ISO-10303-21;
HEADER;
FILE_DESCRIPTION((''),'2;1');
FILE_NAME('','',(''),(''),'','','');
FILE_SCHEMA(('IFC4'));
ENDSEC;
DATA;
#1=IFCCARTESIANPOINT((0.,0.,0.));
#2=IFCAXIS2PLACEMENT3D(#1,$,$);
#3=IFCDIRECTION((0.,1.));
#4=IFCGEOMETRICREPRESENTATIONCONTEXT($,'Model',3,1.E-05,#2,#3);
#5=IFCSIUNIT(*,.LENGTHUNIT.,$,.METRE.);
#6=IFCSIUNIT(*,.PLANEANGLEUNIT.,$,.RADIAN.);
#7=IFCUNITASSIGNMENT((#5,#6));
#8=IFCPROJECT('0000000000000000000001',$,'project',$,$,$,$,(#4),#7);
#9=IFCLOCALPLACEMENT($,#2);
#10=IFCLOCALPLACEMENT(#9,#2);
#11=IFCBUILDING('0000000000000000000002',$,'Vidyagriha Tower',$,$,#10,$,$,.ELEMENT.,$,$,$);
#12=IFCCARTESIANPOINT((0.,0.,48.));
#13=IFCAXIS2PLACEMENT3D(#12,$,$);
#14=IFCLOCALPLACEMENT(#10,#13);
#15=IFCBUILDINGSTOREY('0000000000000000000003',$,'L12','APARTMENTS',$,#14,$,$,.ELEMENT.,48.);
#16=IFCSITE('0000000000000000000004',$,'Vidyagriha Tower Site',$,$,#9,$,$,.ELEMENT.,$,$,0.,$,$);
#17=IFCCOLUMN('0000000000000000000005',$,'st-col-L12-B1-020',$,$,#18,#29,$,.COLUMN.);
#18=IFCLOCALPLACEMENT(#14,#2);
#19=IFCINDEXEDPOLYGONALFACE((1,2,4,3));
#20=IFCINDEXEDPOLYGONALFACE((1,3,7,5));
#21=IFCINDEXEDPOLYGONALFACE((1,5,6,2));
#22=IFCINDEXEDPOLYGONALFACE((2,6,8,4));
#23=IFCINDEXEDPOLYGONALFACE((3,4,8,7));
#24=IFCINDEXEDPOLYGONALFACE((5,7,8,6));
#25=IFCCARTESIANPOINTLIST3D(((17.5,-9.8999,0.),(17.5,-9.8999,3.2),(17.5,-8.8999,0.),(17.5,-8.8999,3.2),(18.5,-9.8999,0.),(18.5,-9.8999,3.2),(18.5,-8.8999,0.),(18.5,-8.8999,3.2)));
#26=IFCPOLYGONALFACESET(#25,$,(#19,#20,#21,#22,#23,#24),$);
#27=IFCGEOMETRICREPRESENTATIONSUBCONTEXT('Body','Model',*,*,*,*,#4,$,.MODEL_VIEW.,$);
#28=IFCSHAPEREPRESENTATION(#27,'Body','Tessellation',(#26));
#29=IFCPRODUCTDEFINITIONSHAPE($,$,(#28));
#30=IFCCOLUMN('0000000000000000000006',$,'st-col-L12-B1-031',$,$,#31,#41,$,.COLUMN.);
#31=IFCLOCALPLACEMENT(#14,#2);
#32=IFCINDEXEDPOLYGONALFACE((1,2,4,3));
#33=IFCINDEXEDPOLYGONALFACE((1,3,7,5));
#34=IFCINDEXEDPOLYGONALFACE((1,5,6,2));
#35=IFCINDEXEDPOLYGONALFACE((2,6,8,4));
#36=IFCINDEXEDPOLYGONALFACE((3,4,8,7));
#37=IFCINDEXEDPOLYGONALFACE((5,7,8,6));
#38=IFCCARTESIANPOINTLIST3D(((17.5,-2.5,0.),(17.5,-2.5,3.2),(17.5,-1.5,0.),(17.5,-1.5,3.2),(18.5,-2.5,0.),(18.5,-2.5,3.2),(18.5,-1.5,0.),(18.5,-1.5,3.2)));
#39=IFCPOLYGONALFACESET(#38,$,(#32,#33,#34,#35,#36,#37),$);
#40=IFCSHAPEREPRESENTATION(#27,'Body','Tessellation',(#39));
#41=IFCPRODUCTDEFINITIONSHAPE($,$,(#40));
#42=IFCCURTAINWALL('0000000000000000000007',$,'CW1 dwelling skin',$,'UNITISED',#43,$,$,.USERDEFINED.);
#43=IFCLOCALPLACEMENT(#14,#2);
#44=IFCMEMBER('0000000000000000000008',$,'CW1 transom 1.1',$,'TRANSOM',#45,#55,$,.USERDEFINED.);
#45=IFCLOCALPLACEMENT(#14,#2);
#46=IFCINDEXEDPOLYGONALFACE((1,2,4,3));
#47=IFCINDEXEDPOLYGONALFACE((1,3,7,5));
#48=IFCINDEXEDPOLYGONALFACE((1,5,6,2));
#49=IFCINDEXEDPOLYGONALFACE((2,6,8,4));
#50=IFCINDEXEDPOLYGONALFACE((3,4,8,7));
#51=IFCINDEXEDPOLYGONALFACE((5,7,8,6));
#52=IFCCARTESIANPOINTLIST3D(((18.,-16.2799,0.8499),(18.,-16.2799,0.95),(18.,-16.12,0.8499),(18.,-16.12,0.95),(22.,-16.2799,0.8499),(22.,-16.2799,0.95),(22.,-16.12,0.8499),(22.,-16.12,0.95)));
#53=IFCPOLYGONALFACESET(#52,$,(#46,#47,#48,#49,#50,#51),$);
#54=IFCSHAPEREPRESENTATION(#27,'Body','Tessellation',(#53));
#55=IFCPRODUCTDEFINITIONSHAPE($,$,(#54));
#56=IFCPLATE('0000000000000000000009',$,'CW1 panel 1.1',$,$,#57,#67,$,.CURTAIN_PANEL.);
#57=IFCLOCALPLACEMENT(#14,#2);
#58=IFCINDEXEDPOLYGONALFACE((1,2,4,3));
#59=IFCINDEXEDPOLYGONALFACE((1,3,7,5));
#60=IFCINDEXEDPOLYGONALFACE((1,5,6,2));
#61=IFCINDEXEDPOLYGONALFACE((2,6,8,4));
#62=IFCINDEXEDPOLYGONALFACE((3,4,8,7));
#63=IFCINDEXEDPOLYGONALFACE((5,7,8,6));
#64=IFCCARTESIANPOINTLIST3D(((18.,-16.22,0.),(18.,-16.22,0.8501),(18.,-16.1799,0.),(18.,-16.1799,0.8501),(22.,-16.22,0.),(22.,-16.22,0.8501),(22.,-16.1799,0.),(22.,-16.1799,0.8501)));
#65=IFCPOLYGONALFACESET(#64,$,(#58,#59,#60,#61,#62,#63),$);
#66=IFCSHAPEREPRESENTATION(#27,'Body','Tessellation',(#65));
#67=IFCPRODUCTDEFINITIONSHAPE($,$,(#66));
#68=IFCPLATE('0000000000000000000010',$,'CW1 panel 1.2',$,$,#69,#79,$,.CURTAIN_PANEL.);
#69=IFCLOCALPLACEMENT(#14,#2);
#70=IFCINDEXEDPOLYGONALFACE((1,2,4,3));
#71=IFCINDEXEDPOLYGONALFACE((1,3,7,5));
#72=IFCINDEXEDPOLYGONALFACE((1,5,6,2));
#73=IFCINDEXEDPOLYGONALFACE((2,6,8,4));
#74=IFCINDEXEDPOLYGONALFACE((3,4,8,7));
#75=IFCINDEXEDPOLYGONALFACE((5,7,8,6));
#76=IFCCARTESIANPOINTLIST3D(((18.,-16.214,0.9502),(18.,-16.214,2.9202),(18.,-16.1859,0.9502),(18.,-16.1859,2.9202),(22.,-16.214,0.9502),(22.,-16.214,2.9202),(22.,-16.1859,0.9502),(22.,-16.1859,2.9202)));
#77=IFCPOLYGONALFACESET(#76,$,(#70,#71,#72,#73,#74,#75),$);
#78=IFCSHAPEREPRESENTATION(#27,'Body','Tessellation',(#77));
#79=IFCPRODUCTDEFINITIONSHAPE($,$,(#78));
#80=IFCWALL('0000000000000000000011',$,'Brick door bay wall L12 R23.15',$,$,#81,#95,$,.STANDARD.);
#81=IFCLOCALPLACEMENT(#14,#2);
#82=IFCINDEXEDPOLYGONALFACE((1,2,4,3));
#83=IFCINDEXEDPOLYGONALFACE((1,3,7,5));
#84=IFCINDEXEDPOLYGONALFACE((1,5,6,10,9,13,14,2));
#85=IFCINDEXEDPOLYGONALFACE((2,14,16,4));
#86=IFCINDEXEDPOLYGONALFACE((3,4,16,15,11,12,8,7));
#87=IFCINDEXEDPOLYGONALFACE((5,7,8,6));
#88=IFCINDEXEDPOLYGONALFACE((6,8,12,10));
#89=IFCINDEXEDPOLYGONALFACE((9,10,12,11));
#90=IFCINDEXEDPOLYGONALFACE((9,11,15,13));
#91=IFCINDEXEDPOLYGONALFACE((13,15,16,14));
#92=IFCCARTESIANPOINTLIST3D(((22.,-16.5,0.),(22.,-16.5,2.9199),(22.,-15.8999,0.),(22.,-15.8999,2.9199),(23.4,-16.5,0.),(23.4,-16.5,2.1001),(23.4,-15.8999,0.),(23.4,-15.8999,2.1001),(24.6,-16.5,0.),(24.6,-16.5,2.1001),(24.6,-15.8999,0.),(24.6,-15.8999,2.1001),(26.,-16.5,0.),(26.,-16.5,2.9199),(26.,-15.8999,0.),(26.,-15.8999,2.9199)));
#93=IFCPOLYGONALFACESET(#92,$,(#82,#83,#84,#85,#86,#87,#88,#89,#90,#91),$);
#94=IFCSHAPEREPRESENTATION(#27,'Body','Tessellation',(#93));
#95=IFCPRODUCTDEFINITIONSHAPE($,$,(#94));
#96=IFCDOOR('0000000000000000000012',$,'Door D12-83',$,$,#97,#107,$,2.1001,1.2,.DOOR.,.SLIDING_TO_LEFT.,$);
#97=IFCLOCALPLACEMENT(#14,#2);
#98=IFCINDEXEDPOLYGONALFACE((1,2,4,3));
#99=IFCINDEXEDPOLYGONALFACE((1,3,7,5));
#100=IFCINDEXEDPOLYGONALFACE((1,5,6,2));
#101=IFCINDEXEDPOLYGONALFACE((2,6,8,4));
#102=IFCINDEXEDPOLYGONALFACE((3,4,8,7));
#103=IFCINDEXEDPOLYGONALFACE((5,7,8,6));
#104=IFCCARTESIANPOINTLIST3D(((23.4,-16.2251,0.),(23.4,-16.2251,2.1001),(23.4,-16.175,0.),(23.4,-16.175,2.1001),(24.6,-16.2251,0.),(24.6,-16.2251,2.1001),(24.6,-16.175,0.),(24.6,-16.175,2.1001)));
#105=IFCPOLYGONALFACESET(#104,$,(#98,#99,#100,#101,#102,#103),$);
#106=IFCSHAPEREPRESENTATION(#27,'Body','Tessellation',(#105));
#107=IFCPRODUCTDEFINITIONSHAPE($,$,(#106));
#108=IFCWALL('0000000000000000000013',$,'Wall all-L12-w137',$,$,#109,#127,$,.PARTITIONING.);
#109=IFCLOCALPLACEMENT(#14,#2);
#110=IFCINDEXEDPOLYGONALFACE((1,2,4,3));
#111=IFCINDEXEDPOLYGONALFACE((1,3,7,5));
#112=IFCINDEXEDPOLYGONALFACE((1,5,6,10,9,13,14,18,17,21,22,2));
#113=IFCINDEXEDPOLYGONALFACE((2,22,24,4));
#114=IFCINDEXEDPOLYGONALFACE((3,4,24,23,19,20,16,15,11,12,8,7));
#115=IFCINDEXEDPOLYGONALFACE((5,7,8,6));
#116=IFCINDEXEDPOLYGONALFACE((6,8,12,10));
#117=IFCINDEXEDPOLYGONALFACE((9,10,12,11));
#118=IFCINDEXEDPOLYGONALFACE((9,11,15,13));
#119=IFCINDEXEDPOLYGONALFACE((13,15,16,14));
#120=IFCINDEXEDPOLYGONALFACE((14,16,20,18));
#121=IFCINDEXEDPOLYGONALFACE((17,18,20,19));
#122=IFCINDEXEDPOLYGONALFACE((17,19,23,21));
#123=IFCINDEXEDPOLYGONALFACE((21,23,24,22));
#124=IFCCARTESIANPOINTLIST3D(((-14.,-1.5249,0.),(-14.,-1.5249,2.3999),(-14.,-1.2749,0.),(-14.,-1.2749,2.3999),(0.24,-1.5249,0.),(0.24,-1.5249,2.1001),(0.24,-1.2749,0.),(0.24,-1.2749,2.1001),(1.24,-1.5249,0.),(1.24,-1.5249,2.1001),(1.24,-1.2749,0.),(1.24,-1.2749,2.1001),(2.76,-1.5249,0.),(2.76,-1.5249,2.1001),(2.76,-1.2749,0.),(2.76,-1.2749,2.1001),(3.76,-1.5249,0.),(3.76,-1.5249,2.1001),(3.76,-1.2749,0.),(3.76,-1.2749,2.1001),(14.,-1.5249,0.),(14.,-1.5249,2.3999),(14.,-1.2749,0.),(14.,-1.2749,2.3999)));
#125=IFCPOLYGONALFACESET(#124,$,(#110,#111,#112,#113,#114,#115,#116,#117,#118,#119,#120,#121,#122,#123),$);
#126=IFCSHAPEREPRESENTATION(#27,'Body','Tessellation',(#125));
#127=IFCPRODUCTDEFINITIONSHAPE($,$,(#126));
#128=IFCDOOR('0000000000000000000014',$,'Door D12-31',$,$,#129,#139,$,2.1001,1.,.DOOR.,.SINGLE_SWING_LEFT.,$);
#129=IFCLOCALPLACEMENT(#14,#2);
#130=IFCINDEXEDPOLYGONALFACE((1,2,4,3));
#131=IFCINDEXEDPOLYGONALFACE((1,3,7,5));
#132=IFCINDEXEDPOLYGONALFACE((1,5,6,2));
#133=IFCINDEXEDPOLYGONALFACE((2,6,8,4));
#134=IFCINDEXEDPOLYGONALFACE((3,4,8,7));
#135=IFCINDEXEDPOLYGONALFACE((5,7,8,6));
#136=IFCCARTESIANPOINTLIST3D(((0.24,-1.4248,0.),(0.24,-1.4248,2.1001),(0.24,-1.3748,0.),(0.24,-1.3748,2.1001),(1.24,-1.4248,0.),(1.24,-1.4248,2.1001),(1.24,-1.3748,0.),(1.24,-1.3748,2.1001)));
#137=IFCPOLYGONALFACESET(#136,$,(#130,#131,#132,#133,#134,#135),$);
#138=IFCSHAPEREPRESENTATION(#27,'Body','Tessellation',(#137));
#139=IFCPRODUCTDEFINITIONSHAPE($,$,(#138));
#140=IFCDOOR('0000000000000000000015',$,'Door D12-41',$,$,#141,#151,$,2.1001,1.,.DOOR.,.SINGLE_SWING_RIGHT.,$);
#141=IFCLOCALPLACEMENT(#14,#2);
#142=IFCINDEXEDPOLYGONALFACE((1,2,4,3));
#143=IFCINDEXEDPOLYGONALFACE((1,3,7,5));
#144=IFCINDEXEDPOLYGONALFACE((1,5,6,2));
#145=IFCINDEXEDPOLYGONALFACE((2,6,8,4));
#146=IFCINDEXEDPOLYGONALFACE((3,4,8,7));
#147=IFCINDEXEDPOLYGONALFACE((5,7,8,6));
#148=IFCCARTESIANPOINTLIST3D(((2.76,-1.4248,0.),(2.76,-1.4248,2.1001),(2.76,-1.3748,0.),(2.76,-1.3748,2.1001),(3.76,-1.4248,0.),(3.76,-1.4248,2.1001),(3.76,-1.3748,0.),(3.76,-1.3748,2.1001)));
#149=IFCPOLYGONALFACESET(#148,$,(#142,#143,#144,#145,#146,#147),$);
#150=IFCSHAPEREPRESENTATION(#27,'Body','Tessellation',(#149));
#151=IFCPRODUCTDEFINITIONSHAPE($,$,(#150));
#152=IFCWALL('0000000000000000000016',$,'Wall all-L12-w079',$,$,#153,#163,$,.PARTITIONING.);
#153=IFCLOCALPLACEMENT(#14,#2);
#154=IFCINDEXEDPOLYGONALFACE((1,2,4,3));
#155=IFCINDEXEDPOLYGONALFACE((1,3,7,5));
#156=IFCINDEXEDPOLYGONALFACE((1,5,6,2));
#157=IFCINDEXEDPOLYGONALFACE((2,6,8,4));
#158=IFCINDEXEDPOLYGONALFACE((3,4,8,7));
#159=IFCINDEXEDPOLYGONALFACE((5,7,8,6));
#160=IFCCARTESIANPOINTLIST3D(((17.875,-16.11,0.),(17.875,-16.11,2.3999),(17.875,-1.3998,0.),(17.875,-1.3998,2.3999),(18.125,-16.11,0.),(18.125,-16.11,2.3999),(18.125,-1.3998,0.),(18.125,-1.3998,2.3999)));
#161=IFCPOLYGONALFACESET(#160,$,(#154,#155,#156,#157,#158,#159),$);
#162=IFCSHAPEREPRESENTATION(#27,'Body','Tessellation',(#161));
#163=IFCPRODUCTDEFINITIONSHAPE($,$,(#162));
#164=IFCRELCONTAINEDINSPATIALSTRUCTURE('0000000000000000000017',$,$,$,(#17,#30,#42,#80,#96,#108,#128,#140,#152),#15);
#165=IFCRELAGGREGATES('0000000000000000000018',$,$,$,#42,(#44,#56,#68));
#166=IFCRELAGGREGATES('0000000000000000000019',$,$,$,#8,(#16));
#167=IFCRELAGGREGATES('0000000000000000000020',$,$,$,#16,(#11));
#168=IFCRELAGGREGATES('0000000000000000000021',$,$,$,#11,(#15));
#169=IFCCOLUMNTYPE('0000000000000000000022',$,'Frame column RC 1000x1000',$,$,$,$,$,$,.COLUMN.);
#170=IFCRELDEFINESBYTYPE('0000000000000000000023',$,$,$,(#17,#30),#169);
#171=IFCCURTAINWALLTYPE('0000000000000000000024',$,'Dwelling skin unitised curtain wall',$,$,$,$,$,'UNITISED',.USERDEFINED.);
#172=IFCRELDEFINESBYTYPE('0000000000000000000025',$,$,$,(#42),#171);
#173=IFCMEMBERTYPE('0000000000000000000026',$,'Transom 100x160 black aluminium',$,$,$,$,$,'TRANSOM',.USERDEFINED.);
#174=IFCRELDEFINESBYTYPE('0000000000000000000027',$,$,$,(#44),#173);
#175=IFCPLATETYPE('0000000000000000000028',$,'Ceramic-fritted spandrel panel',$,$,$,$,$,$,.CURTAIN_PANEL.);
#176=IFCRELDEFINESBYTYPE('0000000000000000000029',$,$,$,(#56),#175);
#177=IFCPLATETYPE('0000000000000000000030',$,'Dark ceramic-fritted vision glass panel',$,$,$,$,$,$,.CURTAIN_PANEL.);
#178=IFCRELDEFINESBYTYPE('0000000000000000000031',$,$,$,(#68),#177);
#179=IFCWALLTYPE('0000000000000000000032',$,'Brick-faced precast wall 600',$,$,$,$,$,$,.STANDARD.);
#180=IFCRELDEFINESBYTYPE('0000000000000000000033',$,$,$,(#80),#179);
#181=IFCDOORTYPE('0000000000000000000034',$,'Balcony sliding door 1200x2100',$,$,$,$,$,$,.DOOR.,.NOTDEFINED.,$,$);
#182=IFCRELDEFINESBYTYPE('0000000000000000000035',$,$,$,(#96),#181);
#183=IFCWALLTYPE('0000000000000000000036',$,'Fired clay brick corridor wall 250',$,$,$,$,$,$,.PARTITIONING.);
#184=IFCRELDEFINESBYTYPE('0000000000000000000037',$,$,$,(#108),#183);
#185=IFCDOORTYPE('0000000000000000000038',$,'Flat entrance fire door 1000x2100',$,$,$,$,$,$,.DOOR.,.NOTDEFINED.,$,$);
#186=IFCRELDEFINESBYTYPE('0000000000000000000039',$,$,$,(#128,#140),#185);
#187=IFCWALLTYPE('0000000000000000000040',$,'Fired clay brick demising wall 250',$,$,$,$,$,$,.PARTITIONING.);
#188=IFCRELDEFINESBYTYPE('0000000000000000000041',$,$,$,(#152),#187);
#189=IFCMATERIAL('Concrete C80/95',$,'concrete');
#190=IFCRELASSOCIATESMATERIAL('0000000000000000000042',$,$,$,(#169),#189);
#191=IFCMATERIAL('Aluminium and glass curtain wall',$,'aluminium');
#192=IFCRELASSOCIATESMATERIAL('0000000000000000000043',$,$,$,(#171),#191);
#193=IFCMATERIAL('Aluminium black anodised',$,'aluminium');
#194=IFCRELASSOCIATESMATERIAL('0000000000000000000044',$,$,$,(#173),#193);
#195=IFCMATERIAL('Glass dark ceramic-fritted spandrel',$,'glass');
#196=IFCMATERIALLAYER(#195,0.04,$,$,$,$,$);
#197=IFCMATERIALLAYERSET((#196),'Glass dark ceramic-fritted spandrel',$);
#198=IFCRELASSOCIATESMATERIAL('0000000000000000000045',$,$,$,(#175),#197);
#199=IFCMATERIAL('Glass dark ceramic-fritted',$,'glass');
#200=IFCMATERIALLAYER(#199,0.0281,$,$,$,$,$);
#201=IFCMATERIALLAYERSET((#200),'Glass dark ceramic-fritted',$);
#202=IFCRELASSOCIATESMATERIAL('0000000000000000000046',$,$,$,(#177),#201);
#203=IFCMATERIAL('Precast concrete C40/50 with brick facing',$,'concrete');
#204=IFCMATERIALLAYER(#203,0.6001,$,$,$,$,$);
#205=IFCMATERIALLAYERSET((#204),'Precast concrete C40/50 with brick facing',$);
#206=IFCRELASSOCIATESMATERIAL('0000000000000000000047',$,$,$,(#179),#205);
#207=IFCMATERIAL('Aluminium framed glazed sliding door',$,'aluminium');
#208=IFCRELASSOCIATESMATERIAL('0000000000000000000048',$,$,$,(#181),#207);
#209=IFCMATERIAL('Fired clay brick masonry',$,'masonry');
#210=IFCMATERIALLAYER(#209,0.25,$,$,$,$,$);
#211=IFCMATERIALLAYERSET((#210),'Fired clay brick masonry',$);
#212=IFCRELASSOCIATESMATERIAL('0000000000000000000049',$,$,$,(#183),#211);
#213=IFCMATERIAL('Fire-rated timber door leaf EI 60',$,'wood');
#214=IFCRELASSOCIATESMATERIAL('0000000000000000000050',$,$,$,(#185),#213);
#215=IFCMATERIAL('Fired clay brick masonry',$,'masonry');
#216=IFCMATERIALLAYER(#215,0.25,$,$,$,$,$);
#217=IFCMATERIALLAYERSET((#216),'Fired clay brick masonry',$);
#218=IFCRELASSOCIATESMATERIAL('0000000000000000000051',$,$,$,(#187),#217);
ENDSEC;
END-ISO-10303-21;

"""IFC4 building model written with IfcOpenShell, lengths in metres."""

from ifc_helpers import new_model, si_unit, direction, frame, frame_2d, origin, origin_2d, place, context, subcontext, project, spatial, rectangle, extrude, material, layer, layer_set, material_profile, profile_set, type_object, element, fill, aggregate, save


model = new_model("IFC4")

# Units and contexts
model_context = context("Model", 3, precision=1e-05, world=origin(), true_north=direction((0.0, 1.0)))
body_context = subcontext(model_context, "Body", "Model", "MODEL_VIEW")
ifc_project = project(units=[si_unit("LENGTHUNIT", "METRE"), si_unit("PLANEANGLEUNIT", "RADIAN")], contexts=[model_context])

# Site, building, storey
site_placement = place(None, origin())
site = spatial("IfcSite", under=ifc_project, at=site_placement, Name="Vidyagriha Tower Site", CompositionType="ELEMENT", RefElevation=0.0)
building_placement = place(site_placement, origin())
building = spatial("IfcBuilding", under=site, at=building_placement, Name="Vidyagriha Tower", CompositionType="ELEMENT")
storey_placement = place(building_placement, frame((0.0, 0.0, 48.0)))
storey = spatial("IfcBuildingStorey", under=building, at=storey_placement, Name="L12", Description="APARTMENTS", CompositionType="ELEMENT", Elevation=48.0)

# Columns
ifc_material_1 = material(Name="Concrete C80/95", Category="concrete")
ifc_material_profile_1 = material_profile(ifc_material_1, rectangle(XDim=1.0, YDim=1.0, at=origin_2d()), Name="RC 1000x1000")
ifc_profile_set_1 = profile_set([ifc_material_profile_1], Name="Concrete C80/95")
column_type = type_object("IfcColumnType", Name="Frame column RC 1000x1000", PredefinedType="COLUMN", material=ifc_profile_set_1)
for number, where, name in (
    (1, (18.0, -9.3999, 0.0), "st-col-L12-B1-020"),
    (2, (18.0, -2.0, 0.0), "st-col-L12-B1-031"),
):
    element("IfcColumn", number, at=place(storey_placement, frame(where)), inside=storey, type_object=column_type, Name=name, PredefinedType="COLUMN", context=body_context, shape_type="SweptSolid", body=[
        extrude(rectangle(XDim=1.0, YDim=1.0, at=origin_2d()), origin(), (0.0, 0.0, 1.0), 3.2),
    ])

# Curtain wall, member, plates
ifc_material_2 = material(Name="Aluminium and glass curtain wall", Category="aluminium")
curtain_wall_type = type_object("IfcCurtainWallType", Name="Dwelling skin unitised curtain wall", ElementType="UNITISED", PredefinedType="USERDEFINED", material=ifc_material_2)
curtain_wall_placement = place(storey_placement, origin())
curtain_wall = element("IfcCurtainWall", 3, at=curtain_wall_placement, inside=storey, type_object=curtain_wall_type, Name="CW1 dwelling skin", ObjectType="UNITISED", PredefinedType="USERDEFINED")
ifc_material_3 = material(Name="Aluminium black anodised", Category="aluminium")
ifc_material_profile_2 = material_profile(ifc_material_3, rectangle(XDim=0.1599, YDim=0.1001, at=origin_2d()), Name="Transom 100x160 black aluminium")
ifc_profile_set_2 = profile_set([ifc_material_profile_2], Name="Aluminium black anodised")
member_type = type_object("IfcMemberType", Name="Transom 100x160 black aluminium", ElementType="TRANSOM", PredefinedType="USERDEFINED", material=ifc_profile_set_2)
member_placement = place(storey_placement, frame((18.0, -16.2, 0.8999), z_axis=(1.0, 0.0, 0.0), x_axis=(0.0, 1.0, 0.0)))
member = element("IfcMember", 4, at=member_placement, type_object=member_type, Name="CW1 transom 1.1", ObjectType="TRANSOM", PredefinedType="USERDEFINED", context=body_context, shape_type="SweptSolid", body=[
    extrude(rectangle(XDim=0.1599, YDim=0.1001, at=origin_2d()), origin(), (0.0, 0.0, 1.0), 4.0),
])
ifc_material_4 = material(Name="Glass dark ceramic-fritted spandrel", Category="glass")
ifc_layer_1 = layer(ifc_material_4, 0.04)
ifc_layer_set_1 = layer_set([ifc_layer_1], Name="Glass dark ceramic-fritted spandrel")
plate_type_1 = type_object("IfcPlateType", Name="Ceramic-fritted spandrel panel", PredefinedType="CURTAIN_PANEL", material=ifc_layer_set_1)
plate_1_placement = place(storey_placement, frame((20.0, -16.2, 0.0)))
plate_1 = element("IfcPlate", 5, at=plate_1_placement, type_object=plate_type_1, Name="CW1 panel 1.1", PredefinedType="CURTAIN_PANEL", context=body_context, shape_type="SweptSolid", body=[
    extrude(rectangle(XDim=4.0, YDim=0.04, at=origin_2d()), origin(), (0.0, 0.0, 1.0), 0.8501),
])
ifc_material_5 = material(Name="Glass dark ceramic-fritted", Category="glass")
ifc_layer_2 = layer(ifc_material_5, 0.0281)
ifc_layer_set_2 = layer_set([ifc_layer_2], Name="Glass dark ceramic-fritted")
plate_type_2 = type_object("IfcPlateType", Name="Dark ceramic-fritted vision glass panel", PredefinedType="CURTAIN_PANEL", material=ifc_layer_set_2)
plate_2_placement = place(storey_placement, frame((20.0, -16.2, 0.9502)))
plate_2 = element("IfcPlate", 6, at=plate_2_placement, type_object=plate_type_2, Name="CW1 panel 1.2", PredefinedType="CURTAIN_PANEL", context=body_context, shape_type="SweptSolid", body=[
    extrude(rectangle(XDim=4.0, YDim=0.0281, at=origin_2d()), origin(), (0.0, 0.0, 1.0), 1.97),
])
aggregate(curtain_wall, [member, plate_1, plate_2])

# Wall, opening, door
ifc_material_6 = material(Name="Precast concrete C40/50 with brick facing", Category="concrete")
ifc_layer_3 = layer(ifc_material_6, 0.6001)
ifc_layer_set_3 = layer_set([ifc_layer_3], Name="Precast concrete C40/50 with brick facing")
wall_type_1 = type_object("IfcWallType", Name="Brick-faced precast wall 600", PredefinedType="STANDARD", material=ifc_layer_set_3)
wall_1_placement = place(storey_placement, frame((22.0, -16.2, 0.0)))
wall_1 = element("IfcWall", 7, at=wall_1_placement, inside=storey, type_object=wall_type_1, Name="Brick door bay wall L12 R23.15", PredefinedType="STANDARD", context=body_context, shape_type="SweptSolid", body=[
    extrude(rectangle(XDim=4.0, YDim=0.6001, at=frame_2d((2.0, 0.0))), origin(), (0.0, 0.0, 1.0), 2.9199),
])
opening_1_placement = place(wall_1_placement, frame((1.3999, 0.0, 0.0)))
opening_1 = element("IfcOpeningElement", 8, at=opening_1_placement, cuts=wall_1, PredefinedType="OPENING", context=body_context, shape_type="SweptSolid", body=[
    extrude(rectangle(XDim=1.2, YDim=2.1001, at=frame_2d((0.6001, 1.05))), frame((0.0, 0.3101, 0.0), z_axis=(0.0, -1.0, 0.0), x_axis=(1.0, 0.0, 0.0)), (0.0, 0.0, 1.0), 0.6201),
])
ifc_material_7 = material(Name="Aluminium framed glazed sliding door", Category="aluminium")
door_type_1 = type_object("IfcDoorType", Name="Balcony sliding door 1200x2100", OperationType="NOTDEFINED", PredefinedType="DOOR", material=ifc_material_7)
door_1_placement = place(opening_1_placement, origin())
door_1 = element("IfcDoor", 9, at=door_1_placement, inside=storey, type_object=door_type_1, Name="Door D12-83", OperationType="SLIDING_TO_LEFT", OverallHeight=2.1001, OverallWidth=1.2, PredefinedType="DOOR", context=body_context, shape_type="SweptSolid", body=[
    extrude(rectangle(XDim=1.2, YDim=2.1001, at=frame_2d((0.6001, 1.05))), frame((0.0, 0.0249, 0.0), z_axis=(0.0, -1.0, 0.0), x_axis=(1.0, 0.0, 0.0)), (0.0, 0.0, 1.0), 0.05),
])
fill(opening_1, door_1)

# Wall, openings, doors
ifc_material_8 = material(Name="Fired clay brick masonry", Category="masonry")
ifc_layer_4 = layer(ifc_material_8, 0.25)
ifc_layer_set_4 = layer_set([ifc_layer_4], Name="Fired clay brick masonry")
wall_type_2 = type_object("IfcWallType", Name="Fired clay brick corridor wall 250", PredefinedType="PARTITIONING", material=ifc_layer_set_4)
wall_2_placement = place(storey_placement, frame((14.0, -1.3999, 0.0), z_axis=(0.0, 0.0, 1.0), x_axis=(-1.0, 0.0, 0.0)))
wall_2 = element("IfcWall", 10, at=wall_2_placement, inside=storey, type_object=wall_type_2, Name="Wall all-L12-w137", PredefinedType="PARTITIONING", context=body_context, shape_type="SweptSolid", body=[
    extrude(rectangle(XDim=28.0, YDim=0.25, at=frame_2d((14.0, 0.0))), origin(), (0.0, 0.0, 1.0), 2.3999),
])
opening_2_placement = place(wall_2_placement, frame((12.76, 0.0, 0.0)))
opening_2 = element("IfcOpeningElement", 11, at=opening_2_placement, cuts=wall_2, PredefinedType="OPENING", context=body_context, shape_type="SweptSolid", body=[
    extrude(rectangle(XDim=1.0, YDim=2.1001, at=frame_2d((0.5, 1.05))), frame((0.0, 0.135, 0.0), z_axis=(0.0, -1.0, 0.0), x_axis=(1.0, 0.0, 0.0)), (0.0, 0.0, 1.0), 0.27),
])
opening_3_placement = place(wall_2_placement, frame((10.24, 0.0, 0.0)))
opening_3 = element("IfcOpeningElement", 12, at=opening_3_placement, cuts=wall_2, PredefinedType="OPENING", context=body_context, shape_type="SweptSolid", body=[
    extrude(rectangle(XDim=1.0, YDim=2.1001, at=frame_2d((0.5, 1.05))), frame((0.0, 0.135, 0.0), z_axis=(0.0, -1.0, 0.0), x_axis=(1.0, 0.0, 0.0)), (0.0, 0.0, 1.0), 0.27),
])
ifc_material_9 = material(Name="Fire-rated timber door leaf EI 60", Category="wood")
door_type_2 = type_object("IfcDoorType", Name="Flat entrance fire door 1000x2100", OperationType="NOTDEFINED", PredefinedType="DOOR", material=ifc_material_9)
door_2_placement = place(opening_2_placement, origin())
door_2 = element("IfcDoor", 13, at=door_2_placement, inside=storey, type_object=door_type_2, Name="Door D12-31", OperationType="SINGLE_SWING_LEFT", OverallHeight=2.1001, OverallWidth=1.0, PredefinedType="DOOR", context=body_context, shape_type="SweptSolid", body=[
    extrude(rectangle(XDim=1.0, YDim=2.1001, at=frame_2d((0.5, 1.05))), frame((0.0, 0.0249, 0.0), z_axis=(0.0, -1.0, 0.0), x_axis=(1.0, 0.0, 0.0)), (0.0, 0.0, 1.0), 0.05),
])
fill(opening_2, door_2)
door_3_placement = place(opening_3_placement, origin())
door_3 = element("IfcDoor", 14, at=door_3_placement, inside=storey, type_object=door_type_2, Name="Door D12-41", OperationType="SINGLE_SWING_RIGHT", OverallHeight=2.1001, OverallWidth=1.0, PredefinedType="DOOR", context=body_context, shape_type="SweptSolid", body=[
    extrude(rectangle(XDim=1.0, YDim=2.1001, at=frame_2d((0.5, 1.05))), frame((0.0, 0.0249, 0.0), z_axis=(0.0, -1.0, 0.0), x_axis=(1.0, 0.0, 0.0)), (0.0, 0.0, 1.0), 0.05),
])
fill(opening_3, door_3)

# Wall
ifc_material_10 = material(Name="Fired clay brick masonry", Category="masonry")
ifc_layer_5 = layer(ifc_material_10, 0.25)
ifc_layer_set_5 = layer_set([ifc_layer_5], Name="Fired clay brick masonry")
wall_type_3 = type_object("IfcWallType", Name="Fired clay brick demising wall 250", PredefinedType="PARTITIONING", material=ifc_layer_set_5)
wall_3_placement = place(storey_placement, frame((18.0, -1.3999, 0.0), z_axis=(0.0, 0.0, 1.0), x_axis=(0.0, -1.0, 0.0)))
element("IfcWall", 15, at=wall_3_placement, inside=storey, type_object=wall_type_3, Name="Wall all-L12-w079", PredefinedType="PARTITIONING", context=body_context, shape_type="SweptSolid", body=[
    extrude(rectangle(XDim=14.7102, YDim=0.25, at=frame_2d((7.355, 0.0))), origin(), (0.0, 0.0, 1.0), 2.3999),
])

save(model, "model.ifc")
